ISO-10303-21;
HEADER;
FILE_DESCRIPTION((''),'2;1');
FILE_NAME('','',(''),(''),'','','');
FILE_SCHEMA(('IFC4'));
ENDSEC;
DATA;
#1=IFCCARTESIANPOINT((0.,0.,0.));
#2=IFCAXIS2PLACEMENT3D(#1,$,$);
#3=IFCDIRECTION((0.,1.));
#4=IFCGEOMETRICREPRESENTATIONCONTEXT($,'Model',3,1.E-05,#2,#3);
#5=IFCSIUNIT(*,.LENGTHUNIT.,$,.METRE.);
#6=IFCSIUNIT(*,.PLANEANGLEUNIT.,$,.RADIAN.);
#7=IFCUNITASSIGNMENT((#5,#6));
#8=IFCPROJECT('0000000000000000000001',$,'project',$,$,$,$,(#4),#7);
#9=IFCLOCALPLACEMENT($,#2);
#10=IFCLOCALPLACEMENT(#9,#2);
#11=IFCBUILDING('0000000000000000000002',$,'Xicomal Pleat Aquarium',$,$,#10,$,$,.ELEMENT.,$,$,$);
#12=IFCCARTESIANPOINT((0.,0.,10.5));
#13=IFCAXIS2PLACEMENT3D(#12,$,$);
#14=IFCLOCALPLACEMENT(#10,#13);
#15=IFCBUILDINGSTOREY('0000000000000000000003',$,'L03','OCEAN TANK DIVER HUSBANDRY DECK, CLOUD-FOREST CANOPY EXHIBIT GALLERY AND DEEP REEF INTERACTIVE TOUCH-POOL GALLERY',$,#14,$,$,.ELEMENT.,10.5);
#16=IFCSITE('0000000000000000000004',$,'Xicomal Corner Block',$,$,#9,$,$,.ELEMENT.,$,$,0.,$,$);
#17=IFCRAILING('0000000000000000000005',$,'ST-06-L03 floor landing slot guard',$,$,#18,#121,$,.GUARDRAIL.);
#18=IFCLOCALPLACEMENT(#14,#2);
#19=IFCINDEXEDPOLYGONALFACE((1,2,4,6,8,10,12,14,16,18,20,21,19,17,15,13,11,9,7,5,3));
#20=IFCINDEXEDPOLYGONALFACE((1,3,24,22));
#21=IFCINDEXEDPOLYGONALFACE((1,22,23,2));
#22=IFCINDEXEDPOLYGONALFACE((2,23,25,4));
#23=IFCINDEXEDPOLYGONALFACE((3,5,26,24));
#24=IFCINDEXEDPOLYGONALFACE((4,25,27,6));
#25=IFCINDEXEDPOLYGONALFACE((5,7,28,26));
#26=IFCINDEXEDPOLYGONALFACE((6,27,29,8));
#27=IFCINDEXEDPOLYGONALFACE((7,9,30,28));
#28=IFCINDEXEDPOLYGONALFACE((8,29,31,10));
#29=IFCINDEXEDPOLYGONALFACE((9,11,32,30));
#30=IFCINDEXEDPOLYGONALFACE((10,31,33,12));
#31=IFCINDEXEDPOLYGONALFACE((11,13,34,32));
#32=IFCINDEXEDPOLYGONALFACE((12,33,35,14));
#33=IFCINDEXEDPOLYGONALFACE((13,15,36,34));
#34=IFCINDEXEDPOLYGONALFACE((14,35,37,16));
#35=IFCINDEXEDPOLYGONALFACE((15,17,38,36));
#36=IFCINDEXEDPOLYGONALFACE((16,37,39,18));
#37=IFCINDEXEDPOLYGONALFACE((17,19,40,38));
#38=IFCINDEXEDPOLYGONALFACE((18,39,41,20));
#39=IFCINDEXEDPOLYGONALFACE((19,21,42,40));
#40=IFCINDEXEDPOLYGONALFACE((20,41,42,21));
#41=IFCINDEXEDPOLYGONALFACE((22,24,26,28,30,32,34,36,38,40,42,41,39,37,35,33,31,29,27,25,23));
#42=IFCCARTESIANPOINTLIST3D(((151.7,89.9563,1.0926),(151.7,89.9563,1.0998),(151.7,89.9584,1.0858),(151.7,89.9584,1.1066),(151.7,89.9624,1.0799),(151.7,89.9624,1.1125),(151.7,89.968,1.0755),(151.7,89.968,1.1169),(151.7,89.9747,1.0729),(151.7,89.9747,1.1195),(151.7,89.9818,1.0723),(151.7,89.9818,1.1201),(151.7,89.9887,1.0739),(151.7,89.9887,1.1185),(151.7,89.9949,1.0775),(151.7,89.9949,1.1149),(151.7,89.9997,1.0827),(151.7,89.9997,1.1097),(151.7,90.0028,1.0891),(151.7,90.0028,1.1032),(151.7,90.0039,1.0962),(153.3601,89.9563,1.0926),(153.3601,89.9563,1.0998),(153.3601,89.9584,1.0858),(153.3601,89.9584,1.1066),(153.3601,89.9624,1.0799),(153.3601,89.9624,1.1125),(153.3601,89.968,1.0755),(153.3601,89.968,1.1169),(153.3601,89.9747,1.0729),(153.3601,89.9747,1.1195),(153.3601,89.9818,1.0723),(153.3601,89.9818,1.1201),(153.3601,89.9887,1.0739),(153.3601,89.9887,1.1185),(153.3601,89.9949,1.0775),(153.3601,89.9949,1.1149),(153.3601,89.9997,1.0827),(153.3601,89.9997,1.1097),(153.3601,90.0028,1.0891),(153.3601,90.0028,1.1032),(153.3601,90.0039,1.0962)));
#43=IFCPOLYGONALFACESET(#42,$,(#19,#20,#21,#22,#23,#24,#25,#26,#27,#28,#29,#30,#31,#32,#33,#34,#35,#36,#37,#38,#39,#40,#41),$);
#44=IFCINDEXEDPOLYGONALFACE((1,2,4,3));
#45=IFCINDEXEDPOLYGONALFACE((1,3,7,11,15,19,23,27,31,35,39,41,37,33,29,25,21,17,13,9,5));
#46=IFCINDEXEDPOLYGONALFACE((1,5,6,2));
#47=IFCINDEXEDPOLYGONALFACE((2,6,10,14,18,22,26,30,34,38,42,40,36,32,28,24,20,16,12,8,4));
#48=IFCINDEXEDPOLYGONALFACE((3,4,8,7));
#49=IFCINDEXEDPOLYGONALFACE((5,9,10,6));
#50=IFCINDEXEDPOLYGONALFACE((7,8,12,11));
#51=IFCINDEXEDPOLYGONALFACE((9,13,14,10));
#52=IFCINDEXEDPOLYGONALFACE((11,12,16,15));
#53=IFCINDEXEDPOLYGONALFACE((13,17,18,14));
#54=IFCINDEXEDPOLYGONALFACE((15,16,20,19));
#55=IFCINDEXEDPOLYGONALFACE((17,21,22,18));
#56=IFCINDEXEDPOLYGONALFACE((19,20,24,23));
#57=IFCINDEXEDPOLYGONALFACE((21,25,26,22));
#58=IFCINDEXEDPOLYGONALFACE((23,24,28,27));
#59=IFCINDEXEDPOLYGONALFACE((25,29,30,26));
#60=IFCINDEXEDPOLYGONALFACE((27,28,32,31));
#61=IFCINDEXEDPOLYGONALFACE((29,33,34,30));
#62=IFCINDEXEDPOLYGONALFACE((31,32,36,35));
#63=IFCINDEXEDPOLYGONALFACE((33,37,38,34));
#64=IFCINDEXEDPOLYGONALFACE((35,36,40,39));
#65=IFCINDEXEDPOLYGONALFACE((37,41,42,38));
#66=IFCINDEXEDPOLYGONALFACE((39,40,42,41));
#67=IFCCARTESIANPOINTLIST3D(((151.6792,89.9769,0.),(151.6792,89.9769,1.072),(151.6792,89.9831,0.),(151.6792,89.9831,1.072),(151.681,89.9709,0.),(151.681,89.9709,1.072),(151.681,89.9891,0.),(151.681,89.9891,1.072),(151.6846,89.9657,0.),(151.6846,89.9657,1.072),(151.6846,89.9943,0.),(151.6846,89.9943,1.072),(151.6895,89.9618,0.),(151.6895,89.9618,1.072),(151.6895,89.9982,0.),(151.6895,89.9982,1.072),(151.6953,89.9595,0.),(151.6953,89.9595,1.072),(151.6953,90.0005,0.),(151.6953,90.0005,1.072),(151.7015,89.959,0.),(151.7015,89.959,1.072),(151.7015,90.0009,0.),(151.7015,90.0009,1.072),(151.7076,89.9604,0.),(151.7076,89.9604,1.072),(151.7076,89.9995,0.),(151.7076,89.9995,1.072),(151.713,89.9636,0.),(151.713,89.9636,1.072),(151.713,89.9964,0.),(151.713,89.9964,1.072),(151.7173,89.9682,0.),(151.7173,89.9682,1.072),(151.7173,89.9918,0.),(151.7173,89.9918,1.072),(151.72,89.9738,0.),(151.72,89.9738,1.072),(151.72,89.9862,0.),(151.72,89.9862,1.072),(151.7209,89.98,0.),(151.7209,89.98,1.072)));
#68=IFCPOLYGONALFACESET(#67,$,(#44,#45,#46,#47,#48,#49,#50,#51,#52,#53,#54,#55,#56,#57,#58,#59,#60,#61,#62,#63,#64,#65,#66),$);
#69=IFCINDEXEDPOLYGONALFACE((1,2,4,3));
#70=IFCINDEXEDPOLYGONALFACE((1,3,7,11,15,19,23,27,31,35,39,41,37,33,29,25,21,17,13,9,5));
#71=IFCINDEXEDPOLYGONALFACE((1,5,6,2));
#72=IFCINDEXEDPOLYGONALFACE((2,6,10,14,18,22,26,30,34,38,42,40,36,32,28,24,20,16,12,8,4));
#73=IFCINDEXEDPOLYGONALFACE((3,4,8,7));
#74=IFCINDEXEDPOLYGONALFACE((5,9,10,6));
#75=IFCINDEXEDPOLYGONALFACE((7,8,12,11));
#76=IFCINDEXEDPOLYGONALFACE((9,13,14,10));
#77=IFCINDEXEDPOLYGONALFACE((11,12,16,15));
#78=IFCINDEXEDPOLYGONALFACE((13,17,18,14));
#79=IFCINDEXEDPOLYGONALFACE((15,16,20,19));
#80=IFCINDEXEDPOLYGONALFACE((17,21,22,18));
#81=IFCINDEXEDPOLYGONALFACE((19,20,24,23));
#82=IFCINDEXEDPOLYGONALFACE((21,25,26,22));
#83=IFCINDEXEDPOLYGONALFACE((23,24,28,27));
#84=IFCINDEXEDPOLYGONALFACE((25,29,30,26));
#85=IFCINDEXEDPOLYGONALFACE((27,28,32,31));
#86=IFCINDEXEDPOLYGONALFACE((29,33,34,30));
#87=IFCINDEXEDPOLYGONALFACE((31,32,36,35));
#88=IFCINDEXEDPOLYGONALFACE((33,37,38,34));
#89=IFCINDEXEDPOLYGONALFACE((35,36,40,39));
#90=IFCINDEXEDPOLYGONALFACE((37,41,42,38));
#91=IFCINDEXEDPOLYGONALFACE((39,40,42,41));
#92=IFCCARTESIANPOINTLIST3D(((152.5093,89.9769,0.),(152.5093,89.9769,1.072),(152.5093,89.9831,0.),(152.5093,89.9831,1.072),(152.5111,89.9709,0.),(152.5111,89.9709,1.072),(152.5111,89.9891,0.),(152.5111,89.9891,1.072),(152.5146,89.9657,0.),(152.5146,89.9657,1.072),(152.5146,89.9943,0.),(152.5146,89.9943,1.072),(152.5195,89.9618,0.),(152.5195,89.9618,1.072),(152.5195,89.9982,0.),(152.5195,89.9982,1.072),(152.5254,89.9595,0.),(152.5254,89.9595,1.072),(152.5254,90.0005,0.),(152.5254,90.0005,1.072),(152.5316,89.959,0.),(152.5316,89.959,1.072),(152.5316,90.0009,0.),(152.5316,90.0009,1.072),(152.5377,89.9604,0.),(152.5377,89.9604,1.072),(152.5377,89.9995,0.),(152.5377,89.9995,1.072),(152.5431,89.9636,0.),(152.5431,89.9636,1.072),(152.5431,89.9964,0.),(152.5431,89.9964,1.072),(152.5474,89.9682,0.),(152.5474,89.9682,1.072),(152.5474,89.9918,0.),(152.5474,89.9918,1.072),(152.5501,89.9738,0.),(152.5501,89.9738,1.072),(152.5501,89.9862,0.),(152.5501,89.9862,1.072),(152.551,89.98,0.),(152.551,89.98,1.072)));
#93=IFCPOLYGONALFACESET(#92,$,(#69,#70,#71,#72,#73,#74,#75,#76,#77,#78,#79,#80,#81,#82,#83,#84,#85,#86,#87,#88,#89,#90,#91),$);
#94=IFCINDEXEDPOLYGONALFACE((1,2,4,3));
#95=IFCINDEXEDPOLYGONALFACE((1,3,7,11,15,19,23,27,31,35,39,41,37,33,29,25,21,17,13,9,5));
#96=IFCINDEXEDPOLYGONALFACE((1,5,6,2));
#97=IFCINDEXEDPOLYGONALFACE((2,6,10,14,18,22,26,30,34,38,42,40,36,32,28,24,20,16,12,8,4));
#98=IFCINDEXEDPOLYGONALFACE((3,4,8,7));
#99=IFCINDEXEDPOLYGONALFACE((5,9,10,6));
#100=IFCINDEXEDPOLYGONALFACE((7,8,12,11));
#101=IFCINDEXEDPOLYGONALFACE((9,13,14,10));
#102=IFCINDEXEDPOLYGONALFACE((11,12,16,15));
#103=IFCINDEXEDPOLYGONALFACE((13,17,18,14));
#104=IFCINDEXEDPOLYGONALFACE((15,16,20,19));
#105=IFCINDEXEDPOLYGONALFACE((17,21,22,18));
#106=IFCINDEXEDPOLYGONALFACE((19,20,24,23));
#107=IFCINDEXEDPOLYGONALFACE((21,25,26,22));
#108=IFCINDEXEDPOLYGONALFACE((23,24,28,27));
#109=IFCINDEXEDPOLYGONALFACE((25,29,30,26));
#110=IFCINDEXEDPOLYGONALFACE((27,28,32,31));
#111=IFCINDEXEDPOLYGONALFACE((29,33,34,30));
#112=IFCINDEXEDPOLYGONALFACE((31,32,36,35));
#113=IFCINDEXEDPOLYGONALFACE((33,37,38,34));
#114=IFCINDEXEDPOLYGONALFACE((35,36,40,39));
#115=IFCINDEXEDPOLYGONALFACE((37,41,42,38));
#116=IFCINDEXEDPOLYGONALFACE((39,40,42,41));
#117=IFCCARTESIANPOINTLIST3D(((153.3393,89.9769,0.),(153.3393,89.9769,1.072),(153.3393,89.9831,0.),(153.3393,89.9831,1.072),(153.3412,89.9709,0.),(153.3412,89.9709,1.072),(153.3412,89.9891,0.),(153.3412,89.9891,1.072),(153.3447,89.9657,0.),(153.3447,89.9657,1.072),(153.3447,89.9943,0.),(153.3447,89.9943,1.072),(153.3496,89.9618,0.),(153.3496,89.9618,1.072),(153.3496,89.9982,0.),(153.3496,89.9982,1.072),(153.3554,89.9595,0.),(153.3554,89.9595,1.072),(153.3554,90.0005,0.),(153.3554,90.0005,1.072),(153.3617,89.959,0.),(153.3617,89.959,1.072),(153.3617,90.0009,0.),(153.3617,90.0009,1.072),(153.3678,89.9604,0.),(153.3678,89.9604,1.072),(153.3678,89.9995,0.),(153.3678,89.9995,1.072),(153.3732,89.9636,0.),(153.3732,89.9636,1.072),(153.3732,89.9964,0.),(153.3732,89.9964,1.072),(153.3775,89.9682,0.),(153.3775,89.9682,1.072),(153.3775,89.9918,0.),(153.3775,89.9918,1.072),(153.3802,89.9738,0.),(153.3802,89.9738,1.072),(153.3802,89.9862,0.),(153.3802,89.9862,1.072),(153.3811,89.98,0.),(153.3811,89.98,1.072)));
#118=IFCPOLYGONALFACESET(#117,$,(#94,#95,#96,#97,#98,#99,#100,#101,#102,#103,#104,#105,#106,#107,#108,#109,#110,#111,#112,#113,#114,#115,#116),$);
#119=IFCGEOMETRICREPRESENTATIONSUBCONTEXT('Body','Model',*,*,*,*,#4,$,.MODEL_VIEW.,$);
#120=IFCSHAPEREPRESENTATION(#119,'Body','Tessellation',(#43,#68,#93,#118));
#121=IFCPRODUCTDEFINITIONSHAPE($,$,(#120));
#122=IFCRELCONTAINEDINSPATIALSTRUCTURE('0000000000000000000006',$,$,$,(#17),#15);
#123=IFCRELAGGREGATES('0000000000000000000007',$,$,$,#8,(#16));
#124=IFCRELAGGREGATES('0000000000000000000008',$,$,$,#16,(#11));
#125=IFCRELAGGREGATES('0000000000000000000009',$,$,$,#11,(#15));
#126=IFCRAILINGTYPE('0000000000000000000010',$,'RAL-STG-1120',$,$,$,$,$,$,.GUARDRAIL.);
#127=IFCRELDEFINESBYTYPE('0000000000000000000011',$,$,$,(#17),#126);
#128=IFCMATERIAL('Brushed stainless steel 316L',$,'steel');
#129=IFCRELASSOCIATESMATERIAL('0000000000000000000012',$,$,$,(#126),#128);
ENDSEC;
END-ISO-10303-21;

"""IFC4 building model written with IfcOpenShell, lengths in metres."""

from ifc_helpers import new_model, si_unit, direction, frame, origin, origin_2d, place, context, subcontext, project, spatial, circle, extrude, material, type_object, element, save


model = new_model("IFC4")

# Units and contexts
model_context = context("Model", 3, precision=1e-05, world=origin(), true_north=direction((0.0, 1.0)))
body_context = subcontext(model_context, "Body", "Model", "MODEL_VIEW")
ifc_project = project(units=[si_unit("LENGTHUNIT", "METRE"), si_unit("PLANEANGLEUNIT", "RADIAN")], contexts=[model_context])

# Site, building, storey
site_placement = place(None, origin())
site = spatial("IfcSite", under=ifc_project, at=site_placement, Name="Xicomal Corner Block", CompositionType="ELEMENT", RefElevation=0.0)
building_placement = place(site_placement, origin())
building = spatial("IfcBuilding", under=site, at=building_placement, Name="Xicomal Pleat Aquarium", CompositionType="ELEMENT")
storey_placement = place(building_placement, frame((0.0, 0.0, 10.5)))
storey = spatial("IfcBuildingStorey", under=building, at=storey_placement, Name="L03", Description="OCEAN TANK DIVER HUSBANDRY DECK, CLOUD-FOREST CANOPY EXHIBIT GALLERY AND DEEP REEF INTERACTIVE TOUCH-POOL GALLERY", CompositionType="ELEMENT", Elevation=10.5)

# Railing
ifc_material_1 = material(Name="Brushed stainless steel 316L", Category="steel")
railing_type_1 = type_object("IfcRailingType", Name="RAL-STG-1120", PredefinedType="GUARDRAIL", material=ifc_material_1)
railing_1_placement = place(storey_placement, frame((151.7, 89.98, 0.0)))
element("IfcRailing", 1, at=railing_1_placement, inside=storey, type_object=railing_type_1, Name="ST-06-L03 floor landing slot guard", PredefinedType="GUARDRAIL", context=body_context, shape_type="SweptSolid", body=[
    extrude(circle(Radius=0.0239, at=origin_2d()), frame((0.0, 0.0, 1.0962), z_axis=(1.0, 0.0, 0.0), x_axis=(0.0, 1.0, 0.0)), (0.0, 0.0, 1.0), 1.6602),
    extrude(circle(Radius=0.021, at=origin_2d()), origin(), (0.0, 0.0, 1.0), 1.072),
    extrude(circle(Radius=0.021, at=origin_2d()), frame((0.8301, 0.0, 0.0)), (0.0, 0.0, 1.0), 1.072),
    extrude(circle(Radius=0.021, at=origin_2d()), frame((1.6602, 0.0, 0.0)), (0.0, 0.0, 1.0), 1.072),
])

save(model, "model.ifc")
